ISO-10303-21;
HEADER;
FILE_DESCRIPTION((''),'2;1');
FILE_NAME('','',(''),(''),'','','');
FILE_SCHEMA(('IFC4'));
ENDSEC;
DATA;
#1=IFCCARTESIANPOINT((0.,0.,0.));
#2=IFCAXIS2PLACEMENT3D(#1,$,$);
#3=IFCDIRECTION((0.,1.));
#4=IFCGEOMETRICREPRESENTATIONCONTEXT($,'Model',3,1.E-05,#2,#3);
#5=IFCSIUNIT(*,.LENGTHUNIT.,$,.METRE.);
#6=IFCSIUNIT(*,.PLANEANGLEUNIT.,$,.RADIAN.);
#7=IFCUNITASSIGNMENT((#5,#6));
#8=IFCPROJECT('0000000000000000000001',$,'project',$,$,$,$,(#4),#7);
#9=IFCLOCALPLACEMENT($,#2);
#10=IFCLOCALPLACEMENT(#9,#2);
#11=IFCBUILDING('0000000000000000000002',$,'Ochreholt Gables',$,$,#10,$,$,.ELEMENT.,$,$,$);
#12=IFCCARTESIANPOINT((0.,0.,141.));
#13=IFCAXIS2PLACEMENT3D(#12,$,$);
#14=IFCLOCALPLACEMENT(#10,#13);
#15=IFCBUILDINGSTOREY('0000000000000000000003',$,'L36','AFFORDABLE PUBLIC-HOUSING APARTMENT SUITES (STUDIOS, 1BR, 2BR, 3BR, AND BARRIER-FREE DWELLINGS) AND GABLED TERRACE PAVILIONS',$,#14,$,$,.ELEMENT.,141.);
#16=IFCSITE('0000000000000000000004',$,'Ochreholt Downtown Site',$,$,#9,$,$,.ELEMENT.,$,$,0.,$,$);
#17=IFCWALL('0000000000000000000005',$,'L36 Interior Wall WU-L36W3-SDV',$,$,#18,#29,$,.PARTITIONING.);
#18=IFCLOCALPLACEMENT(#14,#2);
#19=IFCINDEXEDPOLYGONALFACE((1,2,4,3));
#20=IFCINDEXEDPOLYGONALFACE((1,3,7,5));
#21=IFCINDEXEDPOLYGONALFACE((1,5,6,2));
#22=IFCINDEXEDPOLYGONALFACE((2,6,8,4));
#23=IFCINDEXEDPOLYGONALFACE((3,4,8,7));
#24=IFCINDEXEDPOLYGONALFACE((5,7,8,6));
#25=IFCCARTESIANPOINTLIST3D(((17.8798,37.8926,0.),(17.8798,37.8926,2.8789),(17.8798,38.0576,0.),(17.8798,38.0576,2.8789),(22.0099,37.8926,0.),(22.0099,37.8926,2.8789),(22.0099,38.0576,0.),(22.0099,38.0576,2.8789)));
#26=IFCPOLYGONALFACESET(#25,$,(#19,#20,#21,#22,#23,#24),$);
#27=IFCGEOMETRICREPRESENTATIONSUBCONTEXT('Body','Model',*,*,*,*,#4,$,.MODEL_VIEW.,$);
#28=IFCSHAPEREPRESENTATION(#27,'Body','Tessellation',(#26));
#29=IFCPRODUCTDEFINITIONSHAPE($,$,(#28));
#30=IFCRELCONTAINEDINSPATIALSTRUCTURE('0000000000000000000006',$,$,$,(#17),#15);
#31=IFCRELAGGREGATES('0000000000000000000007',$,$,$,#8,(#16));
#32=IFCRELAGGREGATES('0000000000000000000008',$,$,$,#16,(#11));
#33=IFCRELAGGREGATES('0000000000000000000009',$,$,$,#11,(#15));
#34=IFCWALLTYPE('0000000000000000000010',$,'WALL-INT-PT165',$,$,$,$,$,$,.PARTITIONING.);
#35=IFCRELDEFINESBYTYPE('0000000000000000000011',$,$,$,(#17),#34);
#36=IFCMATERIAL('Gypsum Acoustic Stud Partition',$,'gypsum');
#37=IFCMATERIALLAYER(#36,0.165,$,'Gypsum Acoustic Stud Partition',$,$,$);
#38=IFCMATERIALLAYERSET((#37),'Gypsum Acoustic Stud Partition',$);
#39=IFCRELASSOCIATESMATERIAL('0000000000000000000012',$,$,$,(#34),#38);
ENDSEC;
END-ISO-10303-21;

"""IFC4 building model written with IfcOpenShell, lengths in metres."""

from ifc_helpers import new_model, si_unit, direction, frame, frame_2d, origin, place, context, subcontext, project, spatial, rectangle, extrude, material, layer, layer_set, type_object, element, save


model = new_model("IFC4")

# Units and contexts
model_context = context("Model", 3, precision=1e-05, world=origin(), true_north=direction((0.0, 1.0)))
body_context = subcontext(model_context, "Body", "Model", "MODEL_VIEW")
ifc_project = project(units=[si_unit("LENGTHUNIT", "METRE"), si_unit("PLANEANGLEUNIT", "RADIAN")], contexts=[model_context])

# Site, building, storey
site_placement = place(None, origin())
site = spatial("IfcSite", under=ifc_project, at=site_placement, Name="Ochreholt Downtown Site", CompositionType="ELEMENT", RefElevation=0.0)
building_placement = place(site_placement, origin())
building = spatial("IfcBuilding", under=site, at=building_placement, Name="Ochreholt Gables", CompositionType="ELEMENT")
storey_placement = place(building_placement, frame((0.0, 0.0, 141.0)))
storey = spatial("IfcBuildingStorey", under=building, at=storey_placement, Name="L36", Description="AFFORDABLE PUBLIC-HOUSING APARTMENT SUITES (STUDIOS, 1BR, 2BR, 3BR, AND BARRIER-FREE DWELLINGS) AND GABLED TERRACE PAVILIONS", CompositionType="ELEMENT", Elevation=141.0)

# Wall
ifc_material_1 = material(Name="Gypsum Acoustic Stud Partition", Category="gypsum")
ifc_layer_1 = layer(ifc_material_1, 0.165, Name="Gypsum Acoustic Stud Partition")
ifc_layer_set_1 = layer_set([ifc_layer_1], Name="Gypsum Acoustic Stud Partition")
wall_type_1 = type_object("IfcWallType", Name="WALL-INT-PT165", PredefinedType="PARTITIONING", material=ifc_layer_set_1)
wall_1_placement = place(storey_placement, frame((17.8799, 37.9751, 0.0), z_axis=(0.0, 0.0, 1.0), x_axis=(1.0, 0.0, 0.0)))
element("IfcWall", 1, at=wall_1_placement, inside=storey, type_object=wall_type_1, Name="L36 Interior Wall WU-L36W3-SDV", PredefinedType="PARTITIONING", context=body_context, shape_type="SweptSolid", body=[
    extrude(rectangle(XDim=4.1301, YDim=0.165, at=frame_2d((2.0649, 0.0))), origin(), (0.0, 0.0, 1.0), 2.8789),
])

save(model, "model.ifc")
